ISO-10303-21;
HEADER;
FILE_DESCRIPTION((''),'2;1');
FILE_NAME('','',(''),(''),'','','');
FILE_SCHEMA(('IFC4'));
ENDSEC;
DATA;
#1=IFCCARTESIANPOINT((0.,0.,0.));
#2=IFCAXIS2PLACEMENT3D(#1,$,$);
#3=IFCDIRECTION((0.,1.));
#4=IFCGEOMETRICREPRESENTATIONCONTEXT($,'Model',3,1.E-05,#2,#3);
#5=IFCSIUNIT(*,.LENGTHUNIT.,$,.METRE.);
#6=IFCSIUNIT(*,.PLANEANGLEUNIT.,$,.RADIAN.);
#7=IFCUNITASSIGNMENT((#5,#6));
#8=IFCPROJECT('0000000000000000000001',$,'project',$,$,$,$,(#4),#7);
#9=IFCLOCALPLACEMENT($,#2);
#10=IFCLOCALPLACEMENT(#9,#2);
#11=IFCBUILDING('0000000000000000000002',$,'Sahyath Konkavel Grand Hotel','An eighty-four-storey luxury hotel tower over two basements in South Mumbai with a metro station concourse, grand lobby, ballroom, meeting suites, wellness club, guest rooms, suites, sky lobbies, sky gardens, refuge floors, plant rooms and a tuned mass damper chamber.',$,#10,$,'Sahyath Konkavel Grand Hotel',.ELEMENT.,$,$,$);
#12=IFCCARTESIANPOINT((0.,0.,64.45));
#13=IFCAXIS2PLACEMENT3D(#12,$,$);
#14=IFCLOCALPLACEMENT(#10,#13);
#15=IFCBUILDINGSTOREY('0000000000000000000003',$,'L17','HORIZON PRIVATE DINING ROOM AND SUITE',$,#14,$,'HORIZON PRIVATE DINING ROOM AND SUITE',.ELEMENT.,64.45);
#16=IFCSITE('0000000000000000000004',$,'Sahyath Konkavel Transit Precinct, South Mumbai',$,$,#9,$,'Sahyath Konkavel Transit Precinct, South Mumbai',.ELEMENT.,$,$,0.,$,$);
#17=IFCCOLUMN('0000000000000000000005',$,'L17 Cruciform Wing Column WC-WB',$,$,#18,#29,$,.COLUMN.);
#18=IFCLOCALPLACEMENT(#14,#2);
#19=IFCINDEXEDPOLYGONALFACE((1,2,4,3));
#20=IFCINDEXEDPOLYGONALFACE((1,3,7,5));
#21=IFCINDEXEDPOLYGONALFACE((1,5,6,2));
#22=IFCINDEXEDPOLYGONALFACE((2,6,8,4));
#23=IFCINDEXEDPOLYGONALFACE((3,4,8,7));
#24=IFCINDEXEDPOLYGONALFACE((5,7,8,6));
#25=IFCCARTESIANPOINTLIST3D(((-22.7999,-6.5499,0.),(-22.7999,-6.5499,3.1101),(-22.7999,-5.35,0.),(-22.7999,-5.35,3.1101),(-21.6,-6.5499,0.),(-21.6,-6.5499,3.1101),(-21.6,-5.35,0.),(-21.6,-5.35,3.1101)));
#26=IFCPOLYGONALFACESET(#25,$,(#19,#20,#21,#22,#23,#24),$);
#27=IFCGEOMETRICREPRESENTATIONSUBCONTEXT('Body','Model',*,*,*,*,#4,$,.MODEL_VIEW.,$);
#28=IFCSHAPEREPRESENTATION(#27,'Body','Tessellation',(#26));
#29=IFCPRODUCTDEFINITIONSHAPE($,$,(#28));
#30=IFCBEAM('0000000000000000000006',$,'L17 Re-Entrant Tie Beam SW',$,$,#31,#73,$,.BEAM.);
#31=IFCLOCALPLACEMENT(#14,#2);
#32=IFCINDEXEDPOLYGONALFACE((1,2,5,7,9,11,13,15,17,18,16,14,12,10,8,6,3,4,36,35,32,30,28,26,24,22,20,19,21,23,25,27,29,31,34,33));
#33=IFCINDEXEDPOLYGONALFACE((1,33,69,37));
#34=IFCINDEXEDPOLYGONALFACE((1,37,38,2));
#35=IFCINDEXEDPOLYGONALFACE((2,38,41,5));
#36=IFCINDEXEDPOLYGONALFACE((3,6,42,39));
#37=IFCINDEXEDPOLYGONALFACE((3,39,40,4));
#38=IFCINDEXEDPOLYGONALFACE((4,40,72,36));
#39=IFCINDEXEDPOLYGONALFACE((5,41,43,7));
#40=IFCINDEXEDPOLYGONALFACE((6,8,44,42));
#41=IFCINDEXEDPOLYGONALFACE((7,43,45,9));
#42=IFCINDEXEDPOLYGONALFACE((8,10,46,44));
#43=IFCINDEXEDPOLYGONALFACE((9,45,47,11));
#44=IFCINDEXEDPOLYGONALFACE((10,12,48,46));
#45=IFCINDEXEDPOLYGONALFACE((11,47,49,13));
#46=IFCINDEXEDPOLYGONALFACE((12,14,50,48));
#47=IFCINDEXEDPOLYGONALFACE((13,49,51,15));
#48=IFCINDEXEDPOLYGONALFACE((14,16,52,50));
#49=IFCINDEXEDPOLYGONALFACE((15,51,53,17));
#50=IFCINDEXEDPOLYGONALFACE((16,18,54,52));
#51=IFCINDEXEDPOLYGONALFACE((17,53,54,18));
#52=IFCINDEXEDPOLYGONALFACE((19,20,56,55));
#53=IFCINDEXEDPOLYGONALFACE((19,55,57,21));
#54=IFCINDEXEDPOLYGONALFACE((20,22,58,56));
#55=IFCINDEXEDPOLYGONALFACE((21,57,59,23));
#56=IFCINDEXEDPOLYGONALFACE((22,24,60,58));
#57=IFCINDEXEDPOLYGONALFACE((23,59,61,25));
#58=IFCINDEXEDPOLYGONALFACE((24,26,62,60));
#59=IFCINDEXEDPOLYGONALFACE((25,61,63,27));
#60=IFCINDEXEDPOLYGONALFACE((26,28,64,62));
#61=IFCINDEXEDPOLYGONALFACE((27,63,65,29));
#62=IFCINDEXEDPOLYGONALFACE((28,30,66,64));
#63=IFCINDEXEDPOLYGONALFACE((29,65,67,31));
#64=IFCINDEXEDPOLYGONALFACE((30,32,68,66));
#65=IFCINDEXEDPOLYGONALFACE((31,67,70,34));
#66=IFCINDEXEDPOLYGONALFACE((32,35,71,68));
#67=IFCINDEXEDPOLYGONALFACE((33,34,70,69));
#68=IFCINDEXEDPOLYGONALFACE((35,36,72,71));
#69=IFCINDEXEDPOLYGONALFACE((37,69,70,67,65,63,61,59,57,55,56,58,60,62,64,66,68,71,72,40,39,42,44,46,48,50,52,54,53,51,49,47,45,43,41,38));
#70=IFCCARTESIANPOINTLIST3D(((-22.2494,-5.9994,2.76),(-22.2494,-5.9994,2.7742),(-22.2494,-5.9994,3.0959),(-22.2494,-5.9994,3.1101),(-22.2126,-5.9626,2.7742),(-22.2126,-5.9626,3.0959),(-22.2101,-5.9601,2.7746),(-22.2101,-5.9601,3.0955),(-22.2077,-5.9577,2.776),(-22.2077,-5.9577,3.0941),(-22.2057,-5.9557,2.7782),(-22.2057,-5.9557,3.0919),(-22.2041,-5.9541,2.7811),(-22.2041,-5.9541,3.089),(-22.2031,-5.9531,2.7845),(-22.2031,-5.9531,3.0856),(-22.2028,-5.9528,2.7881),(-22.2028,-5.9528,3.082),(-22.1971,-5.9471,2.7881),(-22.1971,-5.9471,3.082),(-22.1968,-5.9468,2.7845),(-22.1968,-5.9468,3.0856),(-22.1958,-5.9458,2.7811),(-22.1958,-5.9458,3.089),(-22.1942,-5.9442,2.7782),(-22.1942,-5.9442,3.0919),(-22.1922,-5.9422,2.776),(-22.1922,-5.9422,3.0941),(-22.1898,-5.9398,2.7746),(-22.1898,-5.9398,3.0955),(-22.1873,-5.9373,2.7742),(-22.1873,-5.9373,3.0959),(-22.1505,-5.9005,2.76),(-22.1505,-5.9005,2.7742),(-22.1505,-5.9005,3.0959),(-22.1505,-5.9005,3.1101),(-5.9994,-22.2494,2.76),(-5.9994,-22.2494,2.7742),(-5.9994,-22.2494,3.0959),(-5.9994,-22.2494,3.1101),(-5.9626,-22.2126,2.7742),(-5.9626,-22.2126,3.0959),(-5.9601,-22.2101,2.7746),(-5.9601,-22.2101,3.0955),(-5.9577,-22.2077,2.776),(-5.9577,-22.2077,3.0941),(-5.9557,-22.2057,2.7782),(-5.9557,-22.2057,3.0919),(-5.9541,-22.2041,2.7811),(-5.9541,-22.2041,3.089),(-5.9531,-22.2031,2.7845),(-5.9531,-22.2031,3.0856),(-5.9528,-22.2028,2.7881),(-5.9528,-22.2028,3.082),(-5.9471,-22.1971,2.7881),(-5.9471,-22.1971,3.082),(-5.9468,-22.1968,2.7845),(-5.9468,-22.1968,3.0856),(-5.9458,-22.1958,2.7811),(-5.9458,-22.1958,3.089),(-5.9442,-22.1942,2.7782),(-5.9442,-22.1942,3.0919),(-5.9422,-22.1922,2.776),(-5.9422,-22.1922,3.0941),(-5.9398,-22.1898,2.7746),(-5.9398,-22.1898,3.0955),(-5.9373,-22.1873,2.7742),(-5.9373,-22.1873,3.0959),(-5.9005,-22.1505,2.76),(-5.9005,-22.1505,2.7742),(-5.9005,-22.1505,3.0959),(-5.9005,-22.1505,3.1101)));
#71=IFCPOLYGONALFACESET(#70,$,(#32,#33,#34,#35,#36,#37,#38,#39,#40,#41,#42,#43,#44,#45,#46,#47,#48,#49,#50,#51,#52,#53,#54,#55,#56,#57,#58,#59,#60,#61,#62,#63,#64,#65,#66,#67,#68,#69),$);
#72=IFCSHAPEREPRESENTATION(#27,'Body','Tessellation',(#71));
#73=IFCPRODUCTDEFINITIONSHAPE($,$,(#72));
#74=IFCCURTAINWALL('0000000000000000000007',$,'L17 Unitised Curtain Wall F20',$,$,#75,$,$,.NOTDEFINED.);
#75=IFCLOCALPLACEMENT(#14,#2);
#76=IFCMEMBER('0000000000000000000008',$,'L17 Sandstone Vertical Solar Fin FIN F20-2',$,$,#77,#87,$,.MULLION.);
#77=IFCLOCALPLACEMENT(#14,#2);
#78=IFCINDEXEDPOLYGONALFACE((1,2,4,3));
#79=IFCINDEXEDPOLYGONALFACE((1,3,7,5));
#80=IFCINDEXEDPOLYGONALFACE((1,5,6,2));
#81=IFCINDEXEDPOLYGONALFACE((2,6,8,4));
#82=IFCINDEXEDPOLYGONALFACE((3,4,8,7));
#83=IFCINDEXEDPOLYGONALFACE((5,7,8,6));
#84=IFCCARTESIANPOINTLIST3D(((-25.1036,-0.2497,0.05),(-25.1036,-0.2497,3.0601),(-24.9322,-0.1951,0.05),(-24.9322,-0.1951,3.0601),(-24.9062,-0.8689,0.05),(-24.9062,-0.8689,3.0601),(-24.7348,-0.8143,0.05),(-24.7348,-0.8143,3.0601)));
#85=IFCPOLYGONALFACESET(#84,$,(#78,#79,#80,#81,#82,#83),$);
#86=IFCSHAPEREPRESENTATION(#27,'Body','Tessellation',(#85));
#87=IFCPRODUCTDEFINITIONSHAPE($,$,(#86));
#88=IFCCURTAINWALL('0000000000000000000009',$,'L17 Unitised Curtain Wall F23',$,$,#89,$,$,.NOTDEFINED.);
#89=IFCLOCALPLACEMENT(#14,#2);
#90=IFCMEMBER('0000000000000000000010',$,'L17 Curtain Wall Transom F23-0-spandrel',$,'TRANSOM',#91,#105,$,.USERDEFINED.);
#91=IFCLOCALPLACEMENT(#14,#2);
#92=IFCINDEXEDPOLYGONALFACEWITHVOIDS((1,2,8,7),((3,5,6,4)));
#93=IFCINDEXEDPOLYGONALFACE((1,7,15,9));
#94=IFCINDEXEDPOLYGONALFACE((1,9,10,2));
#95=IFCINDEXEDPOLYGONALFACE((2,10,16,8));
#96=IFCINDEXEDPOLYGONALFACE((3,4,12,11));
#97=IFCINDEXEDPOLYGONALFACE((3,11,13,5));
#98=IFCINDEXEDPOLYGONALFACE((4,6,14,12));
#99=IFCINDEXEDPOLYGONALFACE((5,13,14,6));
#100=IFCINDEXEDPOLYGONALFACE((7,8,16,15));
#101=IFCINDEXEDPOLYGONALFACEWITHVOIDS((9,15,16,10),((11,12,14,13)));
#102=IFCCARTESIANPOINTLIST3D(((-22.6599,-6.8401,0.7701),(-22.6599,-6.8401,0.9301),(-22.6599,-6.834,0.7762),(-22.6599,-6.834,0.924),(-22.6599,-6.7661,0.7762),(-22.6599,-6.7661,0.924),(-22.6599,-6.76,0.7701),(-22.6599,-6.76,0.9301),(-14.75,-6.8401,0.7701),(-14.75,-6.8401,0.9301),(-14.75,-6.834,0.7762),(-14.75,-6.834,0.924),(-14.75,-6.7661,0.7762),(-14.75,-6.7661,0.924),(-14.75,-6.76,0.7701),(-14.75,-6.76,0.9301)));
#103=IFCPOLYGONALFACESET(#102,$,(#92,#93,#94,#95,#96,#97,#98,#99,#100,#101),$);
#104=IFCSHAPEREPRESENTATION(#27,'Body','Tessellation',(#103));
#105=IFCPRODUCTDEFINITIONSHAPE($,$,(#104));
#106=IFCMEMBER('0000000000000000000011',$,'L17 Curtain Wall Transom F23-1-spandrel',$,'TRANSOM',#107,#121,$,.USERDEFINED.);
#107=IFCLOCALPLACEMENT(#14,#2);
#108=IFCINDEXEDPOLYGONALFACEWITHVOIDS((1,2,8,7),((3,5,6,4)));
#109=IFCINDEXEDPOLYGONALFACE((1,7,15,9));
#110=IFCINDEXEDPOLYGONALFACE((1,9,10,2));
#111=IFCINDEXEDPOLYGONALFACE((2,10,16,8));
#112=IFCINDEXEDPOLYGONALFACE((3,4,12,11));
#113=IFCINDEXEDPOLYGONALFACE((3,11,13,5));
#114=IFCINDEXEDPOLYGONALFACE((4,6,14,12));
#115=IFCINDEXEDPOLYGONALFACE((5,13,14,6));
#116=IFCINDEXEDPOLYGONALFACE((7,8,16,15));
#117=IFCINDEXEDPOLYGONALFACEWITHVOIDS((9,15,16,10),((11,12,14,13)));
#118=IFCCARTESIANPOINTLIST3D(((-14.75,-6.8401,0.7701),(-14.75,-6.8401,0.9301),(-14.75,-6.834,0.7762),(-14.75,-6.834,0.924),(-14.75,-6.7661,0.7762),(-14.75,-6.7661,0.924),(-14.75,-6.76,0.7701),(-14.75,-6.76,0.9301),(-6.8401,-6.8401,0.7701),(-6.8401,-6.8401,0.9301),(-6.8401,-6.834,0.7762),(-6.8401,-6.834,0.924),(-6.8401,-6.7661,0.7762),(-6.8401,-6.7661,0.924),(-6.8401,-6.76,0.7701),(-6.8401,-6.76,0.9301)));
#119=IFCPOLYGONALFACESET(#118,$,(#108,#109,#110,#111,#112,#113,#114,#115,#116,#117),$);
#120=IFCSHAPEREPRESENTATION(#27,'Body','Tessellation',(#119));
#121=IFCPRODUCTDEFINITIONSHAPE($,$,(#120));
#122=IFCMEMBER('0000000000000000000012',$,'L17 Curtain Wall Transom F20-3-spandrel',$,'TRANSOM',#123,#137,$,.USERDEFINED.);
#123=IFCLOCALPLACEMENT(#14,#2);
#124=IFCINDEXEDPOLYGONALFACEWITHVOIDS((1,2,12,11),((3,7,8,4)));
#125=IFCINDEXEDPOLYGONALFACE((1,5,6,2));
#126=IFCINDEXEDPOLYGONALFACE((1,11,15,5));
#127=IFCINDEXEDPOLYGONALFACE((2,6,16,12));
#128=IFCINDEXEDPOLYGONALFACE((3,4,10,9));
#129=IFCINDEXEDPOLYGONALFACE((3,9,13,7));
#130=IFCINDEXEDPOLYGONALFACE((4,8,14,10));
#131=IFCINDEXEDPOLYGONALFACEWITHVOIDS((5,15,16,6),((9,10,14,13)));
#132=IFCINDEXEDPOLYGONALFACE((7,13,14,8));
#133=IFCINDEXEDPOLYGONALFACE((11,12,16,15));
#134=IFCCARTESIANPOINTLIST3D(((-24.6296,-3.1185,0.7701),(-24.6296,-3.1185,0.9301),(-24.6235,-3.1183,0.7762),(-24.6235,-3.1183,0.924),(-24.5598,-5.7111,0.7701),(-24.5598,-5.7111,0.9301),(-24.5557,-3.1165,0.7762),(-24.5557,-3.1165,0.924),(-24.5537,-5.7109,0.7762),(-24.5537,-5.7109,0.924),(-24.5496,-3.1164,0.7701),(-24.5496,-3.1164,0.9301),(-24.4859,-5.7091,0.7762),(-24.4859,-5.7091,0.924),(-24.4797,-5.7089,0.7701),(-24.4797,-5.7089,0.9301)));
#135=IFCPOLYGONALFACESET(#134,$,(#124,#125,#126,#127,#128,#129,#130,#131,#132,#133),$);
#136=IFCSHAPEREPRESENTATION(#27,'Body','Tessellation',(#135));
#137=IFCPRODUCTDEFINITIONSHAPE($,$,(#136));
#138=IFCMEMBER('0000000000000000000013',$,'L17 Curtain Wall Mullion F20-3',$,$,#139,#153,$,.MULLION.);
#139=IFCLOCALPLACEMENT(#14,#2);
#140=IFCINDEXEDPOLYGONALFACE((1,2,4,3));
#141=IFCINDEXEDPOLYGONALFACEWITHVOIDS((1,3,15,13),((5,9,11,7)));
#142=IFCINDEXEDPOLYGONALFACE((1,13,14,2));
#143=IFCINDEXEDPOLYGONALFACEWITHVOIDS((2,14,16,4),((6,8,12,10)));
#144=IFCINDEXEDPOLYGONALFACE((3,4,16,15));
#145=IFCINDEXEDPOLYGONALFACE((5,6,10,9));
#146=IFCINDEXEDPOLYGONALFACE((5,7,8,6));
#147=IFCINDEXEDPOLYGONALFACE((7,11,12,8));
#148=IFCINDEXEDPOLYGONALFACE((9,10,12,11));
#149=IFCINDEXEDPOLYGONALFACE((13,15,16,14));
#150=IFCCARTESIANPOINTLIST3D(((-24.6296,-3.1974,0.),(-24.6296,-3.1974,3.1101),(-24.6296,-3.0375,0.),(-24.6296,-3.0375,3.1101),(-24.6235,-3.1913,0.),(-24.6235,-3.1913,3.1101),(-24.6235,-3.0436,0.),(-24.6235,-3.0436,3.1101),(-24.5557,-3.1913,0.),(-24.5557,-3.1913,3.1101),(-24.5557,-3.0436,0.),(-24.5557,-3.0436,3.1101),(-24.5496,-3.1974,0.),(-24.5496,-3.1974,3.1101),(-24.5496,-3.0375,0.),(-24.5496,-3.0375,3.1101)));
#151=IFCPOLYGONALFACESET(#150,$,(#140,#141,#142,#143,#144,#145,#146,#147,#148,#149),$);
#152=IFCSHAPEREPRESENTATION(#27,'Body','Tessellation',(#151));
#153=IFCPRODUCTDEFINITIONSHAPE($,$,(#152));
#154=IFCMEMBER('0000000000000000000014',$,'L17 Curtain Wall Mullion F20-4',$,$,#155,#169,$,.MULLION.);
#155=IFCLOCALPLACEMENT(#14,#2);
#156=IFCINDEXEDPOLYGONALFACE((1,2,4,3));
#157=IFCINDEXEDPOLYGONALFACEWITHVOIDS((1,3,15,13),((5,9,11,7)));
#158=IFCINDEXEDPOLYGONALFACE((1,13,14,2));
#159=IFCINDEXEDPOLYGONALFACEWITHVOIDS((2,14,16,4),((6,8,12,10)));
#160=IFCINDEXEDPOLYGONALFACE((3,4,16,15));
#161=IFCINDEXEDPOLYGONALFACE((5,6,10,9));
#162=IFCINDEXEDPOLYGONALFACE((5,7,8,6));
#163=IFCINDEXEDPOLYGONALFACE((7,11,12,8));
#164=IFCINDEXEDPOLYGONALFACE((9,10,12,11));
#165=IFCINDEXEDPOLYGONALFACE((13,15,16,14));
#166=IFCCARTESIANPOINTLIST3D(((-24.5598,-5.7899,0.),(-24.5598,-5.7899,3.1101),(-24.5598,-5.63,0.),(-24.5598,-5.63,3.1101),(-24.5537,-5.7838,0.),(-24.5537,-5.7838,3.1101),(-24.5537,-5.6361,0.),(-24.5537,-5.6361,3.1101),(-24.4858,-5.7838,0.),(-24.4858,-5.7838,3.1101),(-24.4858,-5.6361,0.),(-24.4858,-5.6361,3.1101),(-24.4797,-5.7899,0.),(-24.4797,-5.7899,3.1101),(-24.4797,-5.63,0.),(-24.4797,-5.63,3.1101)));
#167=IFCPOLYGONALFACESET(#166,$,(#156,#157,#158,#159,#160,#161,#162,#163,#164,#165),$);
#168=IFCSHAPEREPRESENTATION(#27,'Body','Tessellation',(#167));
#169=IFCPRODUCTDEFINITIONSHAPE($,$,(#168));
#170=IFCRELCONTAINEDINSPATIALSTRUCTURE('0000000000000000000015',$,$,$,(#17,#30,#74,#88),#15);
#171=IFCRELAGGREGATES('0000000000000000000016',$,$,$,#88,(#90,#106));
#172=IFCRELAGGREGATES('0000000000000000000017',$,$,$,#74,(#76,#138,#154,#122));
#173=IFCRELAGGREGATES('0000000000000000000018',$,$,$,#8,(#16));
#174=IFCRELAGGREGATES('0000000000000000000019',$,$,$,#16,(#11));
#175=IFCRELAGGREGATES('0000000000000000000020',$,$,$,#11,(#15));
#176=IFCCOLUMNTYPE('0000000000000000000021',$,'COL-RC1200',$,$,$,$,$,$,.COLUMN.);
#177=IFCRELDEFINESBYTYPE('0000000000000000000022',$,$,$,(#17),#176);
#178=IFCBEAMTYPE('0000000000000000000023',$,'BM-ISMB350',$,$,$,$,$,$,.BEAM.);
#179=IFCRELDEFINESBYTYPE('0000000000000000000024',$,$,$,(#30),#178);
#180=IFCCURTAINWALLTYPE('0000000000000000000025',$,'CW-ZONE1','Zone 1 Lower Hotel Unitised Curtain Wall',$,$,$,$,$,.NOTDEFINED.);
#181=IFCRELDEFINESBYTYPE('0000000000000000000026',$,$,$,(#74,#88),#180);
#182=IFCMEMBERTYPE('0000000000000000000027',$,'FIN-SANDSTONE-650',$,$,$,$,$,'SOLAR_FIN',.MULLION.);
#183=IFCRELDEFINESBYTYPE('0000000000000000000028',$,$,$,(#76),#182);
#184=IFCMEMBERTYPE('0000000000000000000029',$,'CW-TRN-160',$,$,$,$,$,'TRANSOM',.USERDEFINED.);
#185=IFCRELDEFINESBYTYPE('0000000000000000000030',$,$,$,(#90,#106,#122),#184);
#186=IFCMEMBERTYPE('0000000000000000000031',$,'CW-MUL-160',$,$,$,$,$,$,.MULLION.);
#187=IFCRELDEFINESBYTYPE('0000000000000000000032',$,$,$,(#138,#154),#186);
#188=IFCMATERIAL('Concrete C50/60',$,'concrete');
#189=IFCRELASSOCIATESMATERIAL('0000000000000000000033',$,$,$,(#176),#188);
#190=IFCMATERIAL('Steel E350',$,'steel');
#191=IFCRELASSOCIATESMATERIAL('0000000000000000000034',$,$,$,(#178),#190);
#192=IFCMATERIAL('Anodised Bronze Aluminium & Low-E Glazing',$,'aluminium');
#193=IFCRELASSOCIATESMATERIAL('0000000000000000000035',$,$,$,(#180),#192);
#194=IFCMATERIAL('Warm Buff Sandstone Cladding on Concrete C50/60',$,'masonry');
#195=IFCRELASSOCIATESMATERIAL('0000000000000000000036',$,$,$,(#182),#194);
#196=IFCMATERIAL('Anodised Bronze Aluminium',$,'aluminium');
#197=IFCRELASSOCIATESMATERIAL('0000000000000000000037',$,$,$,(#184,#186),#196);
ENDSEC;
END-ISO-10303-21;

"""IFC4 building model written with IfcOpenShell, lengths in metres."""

from ifc_helpers import new_model, si_unit, direction, frame, origin, origin_2d, place, context, subcontext, project, spatial, rectangle, hollow_rectangle, i_section, extrude, source, transform, mapped, material, material_profile, profile_set, type_object, element, aggregate, save


model = new_model("IFC4")

# Units and contexts
model_context = context("Model", 3, precision=1e-05, world=origin(), true_north=direction((0.0, 1.0)))
body_context = subcontext(model_context, "Body", "Model", "MODEL_VIEW")
ifc_project = project(units=[si_unit("LENGTHUNIT", "METRE"), si_unit("PLANEANGLEUNIT", "RADIAN")], contexts=[model_context])

# Site, building, storey
site_placement = place(None, origin())
site = spatial("IfcSite", under=ifc_project, at=site_placement, Name="Sahyath Konkavel Transit Precinct, South Mumbai", LongName="Sahyath Konkavel Transit Precinct, South Mumbai", CompositionType="ELEMENT", RefElevation=0.0)
building_placement = place(site_placement, origin())
building = spatial("IfcBuilding", under=site, at=building_placement, Name="Sahyath Konkavel Grand Hotel", Description="An eighty-four-storey luxury hotel tower over two basements in South Mumbai with a metro station concourse, grand lobby, ballroom, meeting suites, wellness club, guest rooms, suites, sky lobbies, sky gardens, refuge floors, plant rooms and a tuned mass damper chamber.", LongName="Sahyath Konkavel Grand Hotel", CompositionType="ELEMENT")
storey_placement = place(building_placement, frame((0.0, 0.0, 64.45)))
storey = spatial("IfcBuildingStorey", under=building, at=storey_placement, Name="L17", Description="HORIZON PRIVATE DINING ROOM AND SUITE", LongName="HORIZON PRIVATE DINING ROOM AND SUITE", CompositionType="ELEMENT", Elevation=64.45)

# Column
ifc_material_1 = material(Name="Concrete C50/60", Category="concrete")
ifc_material_profile_1 = material_profile(ifc_material_1, rectangle(XDim=1.2, YDim=1.2, at=origin_2d()), Name="RC 1200x1200")
ifc_profile_set_1 = profile_set([ifc_material_profile_1], Name="Concrete C50/60")
column_type = type_object("IfcColumnType", Name="COL-RC1200", PredefinedType="COLUMN", material=ifc_profile_set_1)
shared_shape_1 = source(origin(), body_context, "Body", "SweptSolid", [
    extrude(rectangle(XDim=1.2, YDim=1.2, at=origin_2d()), origin(), (0.0, 0.0, 1.0), 3.1101),
])
column_placement = place(storey_placement, frame((-22.2, -5.95, 0.0), z_axis=(0.0, 0.0, 1.0), x_axis=(1.0, 0.0, 0.0)))
element("IfcColumn", 1, at=column_placement, inside=storey, type_object=column_type, Name="L17 Cruciform Wing Column WC-WB", PredefinedType="COLUMN", context=body_context, shape_type="MappedRepresentation", body=[
    mapped(shared_shape_1, transform((0.0, 0.0, 0.0), scale=1.0)),
])

# Beam
ifc_material_2 = material(Name="Steel E350", Category="steel")
ifc_material_profile_2 = material_profile(ifc_material_2, i_section(OverallWidth=0.1399, OverallDepth=0.3501, WebThickness=0.0081, FlangeThickness=0.0142, FilletRadius=0.0139, at=origin_2d()), Name="ISMB 350")
ifc_profile_set_2 = profile_set([ifc_material_profile_2], Name="Steel E350")
beam_type_1 = type_object("IfcBeamType", Name="BM-ISMB350", PredefinedType="BEAM", material=ifc_profile_set_2)
shared_shape_2 = source(origin(), body_context, "Body", "SweptSolid", [
    extrude(i_section(OverallWidth=0.1399, OverallDepth=0.3501, WebThickness=0.0081, FlangeThickness=0.0142, FilletRadius=0.0139, at=origin_2d()), origin(), (0.0, 0.0, 1.0), 22.981),
])
beam_1_placement = place(storey_placement, frame((-22.2, -5.95, 2.9351), z_axis=(0.707107, -0.707107, 0.0), x_axis=(0.707107, 0.707107, 0.0)))
element("IfcBeam", 2, at=beam_1_placement, inside=storey, type_object=beam_type_1, Name="L17 Re-Entrant Tie Beam SW", PredefinedType="BEAM", context=body_context, shape_type="MappedRepresentation", body=[
    mapped(shared_shape_2, transform((0.0, 0.0, 0.0), scale=1.0)),
])

# Curtain wall, member
ifc_material_3 = material(Name="Anodised Bronze Aluminium & Low-E Glazing", Category="aluminium")
curtain_wall_type = type_object("IfcCurtainWallType", Name="CW-ZONE1", Description="Zone 1 Lower Hotel Unitised Curtain Wall", PredefinedType="NOTDEFINED", material=ifc_material_3)
curtain_wall_1_placement = place(storey_placement, origin())
curtain_wall_1 = element("IfcCurtainWall", 3, at=curtain_wall_1_placement, inside=storey, type_object=curtain_wall_type, Name="L17 Unitised Curtain Wall F20", PredefinedType="NOTDEFINED")
ifc_material_4 = material(Name="Warm Buff Sandstone Cladding on Concrete C50/60", Category="masonry")
ifc_material_profile_3 = material_profile(ifc_material_4, rectangle(XDim=0.1799, YDim=0.6499, at=origin_2d()), Name="FIN 180x650")
ifc_profile_set_3 = profile_set([ifc_material_profile_3], Name="Warm Buff Sandstone Cladding on Concrete C50/60")
member_type_1 = type_object("IfcMemberType", Name="FIN-SANDSTONE-650", ElementType="SOLAR_FIN", PredefinedType="MULLION", material=ifc_profile_set_3)
shared_shape_3 = source(origin(), body_context, "Body", "SweptSolid", [
    extrude(rectangle(XDim=0.1799, YDim=0.6499, at=origin_2d()), origin(), (0.0, 0.0, 1.0), 3.01),
])
member_1_placement = place(storey_placement, frame((-24.9192, -0.532, 0.05), z_axis=(0.0, 0.0, 1.0), x_axis=(0.952768, 0.303701, 0.0)))
member_1 = element("IfcMember", 4, at=member_1_placement, type_object=member_type_1, Name="L17 Sandstone Vertical Solar Fin FIN F20-2", PredefinedType="MULLION", context=body_context, shape_type="MappedRepresentation", body=[
    mapped(shared_shape_3, transform((0.0, 0.0, 0.0), scale=1.0)),
])

# Curtain wall, members
curtain_wall_2_placement = place(storey_placement, origin())
curtain_wall_2 = element("IfcCurtainWall", 5, at=curtain_wall_2_placement, inside=storey, type_object=curtain_wall_type, Name="L17 Unitised Curtain Wall F23", PredefinedType="NOTDEFINED")
ifc_material_5 = material(Name="Anodised Bronze Aluminium", Category="aluminium")
ifc_material_profile_4 = material_profile(ifc_material_5, hollow_rectangle(XDim=0.0801, YDim=0.1599, WallThickness=0.0061, at=origin_2d()), Name="RHS 160x80x6")
ifc_profile_set_4 = profile_set([ifc_material_profile_4], Name="Anodised Bronze Aluminium")
member_type_2 = type_object("IfcMemberType", Name="CW-TRN-160", ElementType="TRANSOM", PredefinedType="USERDEFINED", material=ifc_profile_set_4)
shared_shape_4 = source(origin(), body_context, "Body", "SweptSolid", [
    extrude(hollow_rectangle(XDim=0.0801, YDim=0.1599, WallThickness=0.0061, at=origin_2d()), origin(), (0.0, 0.0, 1.0), 7.9099),
])
member_2_placement = place(storey_placement, frame((-22.6599, -6.8, 0.8501), z_axis=(1.0, 0.0, 0.0), x_axis=(0.0, 1.0, 0.0)))
member_2 = element("IfcMember", 6, at=member_2_placement, type_object=member_type_2, Name="L17 Curtain Wall Transom F23-0-spandrel", ObjectType="TRANSOM", PredefinedType="USERDEFINED", context=body_context, shape_type="MappedRepresentation", body=[
    mapped(shared_shape_4, transform((0.0, 0.0, 0.0), scale=1.0)),
])
member_3_placement = place(storey_placement, frame((-14.75, -6.8, 0.8501), z_axis=(1.0, 0.0, 0.0), x_axis=(0.0, 1.0, 0.0)))
member_3 = element("IfcMember", 7, at=member_3_placement, type_object=member_type_2, Name="L17 Curtain Wall Transom F23-1-spandrel", ObjectType="TRANSOM", PredefinedType="USERDEFINED", context=body_context, shape_type="MappedRepresentation", body=[
    mapped(shared_shape_4, transform((0.0, 0.0, 0.0), scale=1.0)),
])

# Members
shared_shape_5 = source(origin(), body_context, "Body", "SweptSolid", [
    extrude(hollow_rectangle(XDim=0.0801, YDim=0.1599, WallThickness=0.0061, at=origin_2d()), origin(), (0.0, 0.0, 1.0), 2.5935),
])
member_4_placement = place(storey_placement, frame((-24.5896, -3.1174, 0.8501), z_axis=(0.026923, -0.999638, 0.0), x_axis=(0.999638, 0.026923, 0.0)))
member_4 = element("IfcMember", 8, at=member_4_placement, type_object=member_type_2, Name="L17 Curtain Wall Transom F20-3-spandrel", ObjectType="TRANSOM", PredefinedType="USERDEFINED", context=body_context, shape_type="MappedRepresentation", body=[
    mapped(shared_shape_5, transform((0.0, 0.0, 0.0), scale=1.0)),
])
ifc_material_profile_5 = material_profile(ifc_material_5, hollow_rectangle(XDim=0.0801, YDim=0.1599, WallThickness=0.0061, at=origin_2d()), Name="RHS 160x80x6")
ifc_profile_set_5 = profile_set([ifc_material_profile_5], Name="Anodised Bronze Aluminium")
member_type_3 = type_object("IfcMemberType", Name="CW-MUL-160", PredefinedType="MULLION", material=ifc_profile_set_5)
shared_shape_6 = source(origin(), body_context, "Body", "SweptSolid", [
    extrude(hollow_rectangle(XDim=0.0801, YDim=0.1599, WallThickness=0.0061, at=origin_2d()), origin(), (0.0, 0.0, 1.0), 3.1101),
])
member_5_placement = place(storey_placement, frame((-24.5896, -3.1174, 0.0), z_axis=(0.0, 0.0, 1.0), x_axis=(1.0, 0.0, 0.0)))
member_5 = element("IfcMember", 9, at=member_5_placement, type_object=member_type_3, Name="L17 Curtain Wall Mullion F20-3", PredefinedType="MULLION", context=body_context, shape_type="MappedRepresentation", body=[
    mapped(shared_shape_6, transform((0.0, 0.0, 0.0), scale=1.0)),
])
member_6_placement = place(storey_placement, frame((-24.5198, -5.71, 0.0), z_axis=(0.0, 0.0, 1.0), x_axis=(1.0, 0.0, 0.0)))
member_6 = element("IfcMember", 10, at=member_6_placement, type_object=member_type_3, Name="L17 Curtain Wall Mullion F20-4", PredefinedType="MULLION", context=body_context, shape_type="MappedRepresentation", body=[
    mapped(shared_shape_6, transform((0.0, 0.0, 0.0), scale=1.0)),
])

aggregate(curtain_wall_2, [member_2, member_3])
aggregate(curtain_wall_1, [member_1, member_5, member_6, member_4])

save(model, "model.ifc")
